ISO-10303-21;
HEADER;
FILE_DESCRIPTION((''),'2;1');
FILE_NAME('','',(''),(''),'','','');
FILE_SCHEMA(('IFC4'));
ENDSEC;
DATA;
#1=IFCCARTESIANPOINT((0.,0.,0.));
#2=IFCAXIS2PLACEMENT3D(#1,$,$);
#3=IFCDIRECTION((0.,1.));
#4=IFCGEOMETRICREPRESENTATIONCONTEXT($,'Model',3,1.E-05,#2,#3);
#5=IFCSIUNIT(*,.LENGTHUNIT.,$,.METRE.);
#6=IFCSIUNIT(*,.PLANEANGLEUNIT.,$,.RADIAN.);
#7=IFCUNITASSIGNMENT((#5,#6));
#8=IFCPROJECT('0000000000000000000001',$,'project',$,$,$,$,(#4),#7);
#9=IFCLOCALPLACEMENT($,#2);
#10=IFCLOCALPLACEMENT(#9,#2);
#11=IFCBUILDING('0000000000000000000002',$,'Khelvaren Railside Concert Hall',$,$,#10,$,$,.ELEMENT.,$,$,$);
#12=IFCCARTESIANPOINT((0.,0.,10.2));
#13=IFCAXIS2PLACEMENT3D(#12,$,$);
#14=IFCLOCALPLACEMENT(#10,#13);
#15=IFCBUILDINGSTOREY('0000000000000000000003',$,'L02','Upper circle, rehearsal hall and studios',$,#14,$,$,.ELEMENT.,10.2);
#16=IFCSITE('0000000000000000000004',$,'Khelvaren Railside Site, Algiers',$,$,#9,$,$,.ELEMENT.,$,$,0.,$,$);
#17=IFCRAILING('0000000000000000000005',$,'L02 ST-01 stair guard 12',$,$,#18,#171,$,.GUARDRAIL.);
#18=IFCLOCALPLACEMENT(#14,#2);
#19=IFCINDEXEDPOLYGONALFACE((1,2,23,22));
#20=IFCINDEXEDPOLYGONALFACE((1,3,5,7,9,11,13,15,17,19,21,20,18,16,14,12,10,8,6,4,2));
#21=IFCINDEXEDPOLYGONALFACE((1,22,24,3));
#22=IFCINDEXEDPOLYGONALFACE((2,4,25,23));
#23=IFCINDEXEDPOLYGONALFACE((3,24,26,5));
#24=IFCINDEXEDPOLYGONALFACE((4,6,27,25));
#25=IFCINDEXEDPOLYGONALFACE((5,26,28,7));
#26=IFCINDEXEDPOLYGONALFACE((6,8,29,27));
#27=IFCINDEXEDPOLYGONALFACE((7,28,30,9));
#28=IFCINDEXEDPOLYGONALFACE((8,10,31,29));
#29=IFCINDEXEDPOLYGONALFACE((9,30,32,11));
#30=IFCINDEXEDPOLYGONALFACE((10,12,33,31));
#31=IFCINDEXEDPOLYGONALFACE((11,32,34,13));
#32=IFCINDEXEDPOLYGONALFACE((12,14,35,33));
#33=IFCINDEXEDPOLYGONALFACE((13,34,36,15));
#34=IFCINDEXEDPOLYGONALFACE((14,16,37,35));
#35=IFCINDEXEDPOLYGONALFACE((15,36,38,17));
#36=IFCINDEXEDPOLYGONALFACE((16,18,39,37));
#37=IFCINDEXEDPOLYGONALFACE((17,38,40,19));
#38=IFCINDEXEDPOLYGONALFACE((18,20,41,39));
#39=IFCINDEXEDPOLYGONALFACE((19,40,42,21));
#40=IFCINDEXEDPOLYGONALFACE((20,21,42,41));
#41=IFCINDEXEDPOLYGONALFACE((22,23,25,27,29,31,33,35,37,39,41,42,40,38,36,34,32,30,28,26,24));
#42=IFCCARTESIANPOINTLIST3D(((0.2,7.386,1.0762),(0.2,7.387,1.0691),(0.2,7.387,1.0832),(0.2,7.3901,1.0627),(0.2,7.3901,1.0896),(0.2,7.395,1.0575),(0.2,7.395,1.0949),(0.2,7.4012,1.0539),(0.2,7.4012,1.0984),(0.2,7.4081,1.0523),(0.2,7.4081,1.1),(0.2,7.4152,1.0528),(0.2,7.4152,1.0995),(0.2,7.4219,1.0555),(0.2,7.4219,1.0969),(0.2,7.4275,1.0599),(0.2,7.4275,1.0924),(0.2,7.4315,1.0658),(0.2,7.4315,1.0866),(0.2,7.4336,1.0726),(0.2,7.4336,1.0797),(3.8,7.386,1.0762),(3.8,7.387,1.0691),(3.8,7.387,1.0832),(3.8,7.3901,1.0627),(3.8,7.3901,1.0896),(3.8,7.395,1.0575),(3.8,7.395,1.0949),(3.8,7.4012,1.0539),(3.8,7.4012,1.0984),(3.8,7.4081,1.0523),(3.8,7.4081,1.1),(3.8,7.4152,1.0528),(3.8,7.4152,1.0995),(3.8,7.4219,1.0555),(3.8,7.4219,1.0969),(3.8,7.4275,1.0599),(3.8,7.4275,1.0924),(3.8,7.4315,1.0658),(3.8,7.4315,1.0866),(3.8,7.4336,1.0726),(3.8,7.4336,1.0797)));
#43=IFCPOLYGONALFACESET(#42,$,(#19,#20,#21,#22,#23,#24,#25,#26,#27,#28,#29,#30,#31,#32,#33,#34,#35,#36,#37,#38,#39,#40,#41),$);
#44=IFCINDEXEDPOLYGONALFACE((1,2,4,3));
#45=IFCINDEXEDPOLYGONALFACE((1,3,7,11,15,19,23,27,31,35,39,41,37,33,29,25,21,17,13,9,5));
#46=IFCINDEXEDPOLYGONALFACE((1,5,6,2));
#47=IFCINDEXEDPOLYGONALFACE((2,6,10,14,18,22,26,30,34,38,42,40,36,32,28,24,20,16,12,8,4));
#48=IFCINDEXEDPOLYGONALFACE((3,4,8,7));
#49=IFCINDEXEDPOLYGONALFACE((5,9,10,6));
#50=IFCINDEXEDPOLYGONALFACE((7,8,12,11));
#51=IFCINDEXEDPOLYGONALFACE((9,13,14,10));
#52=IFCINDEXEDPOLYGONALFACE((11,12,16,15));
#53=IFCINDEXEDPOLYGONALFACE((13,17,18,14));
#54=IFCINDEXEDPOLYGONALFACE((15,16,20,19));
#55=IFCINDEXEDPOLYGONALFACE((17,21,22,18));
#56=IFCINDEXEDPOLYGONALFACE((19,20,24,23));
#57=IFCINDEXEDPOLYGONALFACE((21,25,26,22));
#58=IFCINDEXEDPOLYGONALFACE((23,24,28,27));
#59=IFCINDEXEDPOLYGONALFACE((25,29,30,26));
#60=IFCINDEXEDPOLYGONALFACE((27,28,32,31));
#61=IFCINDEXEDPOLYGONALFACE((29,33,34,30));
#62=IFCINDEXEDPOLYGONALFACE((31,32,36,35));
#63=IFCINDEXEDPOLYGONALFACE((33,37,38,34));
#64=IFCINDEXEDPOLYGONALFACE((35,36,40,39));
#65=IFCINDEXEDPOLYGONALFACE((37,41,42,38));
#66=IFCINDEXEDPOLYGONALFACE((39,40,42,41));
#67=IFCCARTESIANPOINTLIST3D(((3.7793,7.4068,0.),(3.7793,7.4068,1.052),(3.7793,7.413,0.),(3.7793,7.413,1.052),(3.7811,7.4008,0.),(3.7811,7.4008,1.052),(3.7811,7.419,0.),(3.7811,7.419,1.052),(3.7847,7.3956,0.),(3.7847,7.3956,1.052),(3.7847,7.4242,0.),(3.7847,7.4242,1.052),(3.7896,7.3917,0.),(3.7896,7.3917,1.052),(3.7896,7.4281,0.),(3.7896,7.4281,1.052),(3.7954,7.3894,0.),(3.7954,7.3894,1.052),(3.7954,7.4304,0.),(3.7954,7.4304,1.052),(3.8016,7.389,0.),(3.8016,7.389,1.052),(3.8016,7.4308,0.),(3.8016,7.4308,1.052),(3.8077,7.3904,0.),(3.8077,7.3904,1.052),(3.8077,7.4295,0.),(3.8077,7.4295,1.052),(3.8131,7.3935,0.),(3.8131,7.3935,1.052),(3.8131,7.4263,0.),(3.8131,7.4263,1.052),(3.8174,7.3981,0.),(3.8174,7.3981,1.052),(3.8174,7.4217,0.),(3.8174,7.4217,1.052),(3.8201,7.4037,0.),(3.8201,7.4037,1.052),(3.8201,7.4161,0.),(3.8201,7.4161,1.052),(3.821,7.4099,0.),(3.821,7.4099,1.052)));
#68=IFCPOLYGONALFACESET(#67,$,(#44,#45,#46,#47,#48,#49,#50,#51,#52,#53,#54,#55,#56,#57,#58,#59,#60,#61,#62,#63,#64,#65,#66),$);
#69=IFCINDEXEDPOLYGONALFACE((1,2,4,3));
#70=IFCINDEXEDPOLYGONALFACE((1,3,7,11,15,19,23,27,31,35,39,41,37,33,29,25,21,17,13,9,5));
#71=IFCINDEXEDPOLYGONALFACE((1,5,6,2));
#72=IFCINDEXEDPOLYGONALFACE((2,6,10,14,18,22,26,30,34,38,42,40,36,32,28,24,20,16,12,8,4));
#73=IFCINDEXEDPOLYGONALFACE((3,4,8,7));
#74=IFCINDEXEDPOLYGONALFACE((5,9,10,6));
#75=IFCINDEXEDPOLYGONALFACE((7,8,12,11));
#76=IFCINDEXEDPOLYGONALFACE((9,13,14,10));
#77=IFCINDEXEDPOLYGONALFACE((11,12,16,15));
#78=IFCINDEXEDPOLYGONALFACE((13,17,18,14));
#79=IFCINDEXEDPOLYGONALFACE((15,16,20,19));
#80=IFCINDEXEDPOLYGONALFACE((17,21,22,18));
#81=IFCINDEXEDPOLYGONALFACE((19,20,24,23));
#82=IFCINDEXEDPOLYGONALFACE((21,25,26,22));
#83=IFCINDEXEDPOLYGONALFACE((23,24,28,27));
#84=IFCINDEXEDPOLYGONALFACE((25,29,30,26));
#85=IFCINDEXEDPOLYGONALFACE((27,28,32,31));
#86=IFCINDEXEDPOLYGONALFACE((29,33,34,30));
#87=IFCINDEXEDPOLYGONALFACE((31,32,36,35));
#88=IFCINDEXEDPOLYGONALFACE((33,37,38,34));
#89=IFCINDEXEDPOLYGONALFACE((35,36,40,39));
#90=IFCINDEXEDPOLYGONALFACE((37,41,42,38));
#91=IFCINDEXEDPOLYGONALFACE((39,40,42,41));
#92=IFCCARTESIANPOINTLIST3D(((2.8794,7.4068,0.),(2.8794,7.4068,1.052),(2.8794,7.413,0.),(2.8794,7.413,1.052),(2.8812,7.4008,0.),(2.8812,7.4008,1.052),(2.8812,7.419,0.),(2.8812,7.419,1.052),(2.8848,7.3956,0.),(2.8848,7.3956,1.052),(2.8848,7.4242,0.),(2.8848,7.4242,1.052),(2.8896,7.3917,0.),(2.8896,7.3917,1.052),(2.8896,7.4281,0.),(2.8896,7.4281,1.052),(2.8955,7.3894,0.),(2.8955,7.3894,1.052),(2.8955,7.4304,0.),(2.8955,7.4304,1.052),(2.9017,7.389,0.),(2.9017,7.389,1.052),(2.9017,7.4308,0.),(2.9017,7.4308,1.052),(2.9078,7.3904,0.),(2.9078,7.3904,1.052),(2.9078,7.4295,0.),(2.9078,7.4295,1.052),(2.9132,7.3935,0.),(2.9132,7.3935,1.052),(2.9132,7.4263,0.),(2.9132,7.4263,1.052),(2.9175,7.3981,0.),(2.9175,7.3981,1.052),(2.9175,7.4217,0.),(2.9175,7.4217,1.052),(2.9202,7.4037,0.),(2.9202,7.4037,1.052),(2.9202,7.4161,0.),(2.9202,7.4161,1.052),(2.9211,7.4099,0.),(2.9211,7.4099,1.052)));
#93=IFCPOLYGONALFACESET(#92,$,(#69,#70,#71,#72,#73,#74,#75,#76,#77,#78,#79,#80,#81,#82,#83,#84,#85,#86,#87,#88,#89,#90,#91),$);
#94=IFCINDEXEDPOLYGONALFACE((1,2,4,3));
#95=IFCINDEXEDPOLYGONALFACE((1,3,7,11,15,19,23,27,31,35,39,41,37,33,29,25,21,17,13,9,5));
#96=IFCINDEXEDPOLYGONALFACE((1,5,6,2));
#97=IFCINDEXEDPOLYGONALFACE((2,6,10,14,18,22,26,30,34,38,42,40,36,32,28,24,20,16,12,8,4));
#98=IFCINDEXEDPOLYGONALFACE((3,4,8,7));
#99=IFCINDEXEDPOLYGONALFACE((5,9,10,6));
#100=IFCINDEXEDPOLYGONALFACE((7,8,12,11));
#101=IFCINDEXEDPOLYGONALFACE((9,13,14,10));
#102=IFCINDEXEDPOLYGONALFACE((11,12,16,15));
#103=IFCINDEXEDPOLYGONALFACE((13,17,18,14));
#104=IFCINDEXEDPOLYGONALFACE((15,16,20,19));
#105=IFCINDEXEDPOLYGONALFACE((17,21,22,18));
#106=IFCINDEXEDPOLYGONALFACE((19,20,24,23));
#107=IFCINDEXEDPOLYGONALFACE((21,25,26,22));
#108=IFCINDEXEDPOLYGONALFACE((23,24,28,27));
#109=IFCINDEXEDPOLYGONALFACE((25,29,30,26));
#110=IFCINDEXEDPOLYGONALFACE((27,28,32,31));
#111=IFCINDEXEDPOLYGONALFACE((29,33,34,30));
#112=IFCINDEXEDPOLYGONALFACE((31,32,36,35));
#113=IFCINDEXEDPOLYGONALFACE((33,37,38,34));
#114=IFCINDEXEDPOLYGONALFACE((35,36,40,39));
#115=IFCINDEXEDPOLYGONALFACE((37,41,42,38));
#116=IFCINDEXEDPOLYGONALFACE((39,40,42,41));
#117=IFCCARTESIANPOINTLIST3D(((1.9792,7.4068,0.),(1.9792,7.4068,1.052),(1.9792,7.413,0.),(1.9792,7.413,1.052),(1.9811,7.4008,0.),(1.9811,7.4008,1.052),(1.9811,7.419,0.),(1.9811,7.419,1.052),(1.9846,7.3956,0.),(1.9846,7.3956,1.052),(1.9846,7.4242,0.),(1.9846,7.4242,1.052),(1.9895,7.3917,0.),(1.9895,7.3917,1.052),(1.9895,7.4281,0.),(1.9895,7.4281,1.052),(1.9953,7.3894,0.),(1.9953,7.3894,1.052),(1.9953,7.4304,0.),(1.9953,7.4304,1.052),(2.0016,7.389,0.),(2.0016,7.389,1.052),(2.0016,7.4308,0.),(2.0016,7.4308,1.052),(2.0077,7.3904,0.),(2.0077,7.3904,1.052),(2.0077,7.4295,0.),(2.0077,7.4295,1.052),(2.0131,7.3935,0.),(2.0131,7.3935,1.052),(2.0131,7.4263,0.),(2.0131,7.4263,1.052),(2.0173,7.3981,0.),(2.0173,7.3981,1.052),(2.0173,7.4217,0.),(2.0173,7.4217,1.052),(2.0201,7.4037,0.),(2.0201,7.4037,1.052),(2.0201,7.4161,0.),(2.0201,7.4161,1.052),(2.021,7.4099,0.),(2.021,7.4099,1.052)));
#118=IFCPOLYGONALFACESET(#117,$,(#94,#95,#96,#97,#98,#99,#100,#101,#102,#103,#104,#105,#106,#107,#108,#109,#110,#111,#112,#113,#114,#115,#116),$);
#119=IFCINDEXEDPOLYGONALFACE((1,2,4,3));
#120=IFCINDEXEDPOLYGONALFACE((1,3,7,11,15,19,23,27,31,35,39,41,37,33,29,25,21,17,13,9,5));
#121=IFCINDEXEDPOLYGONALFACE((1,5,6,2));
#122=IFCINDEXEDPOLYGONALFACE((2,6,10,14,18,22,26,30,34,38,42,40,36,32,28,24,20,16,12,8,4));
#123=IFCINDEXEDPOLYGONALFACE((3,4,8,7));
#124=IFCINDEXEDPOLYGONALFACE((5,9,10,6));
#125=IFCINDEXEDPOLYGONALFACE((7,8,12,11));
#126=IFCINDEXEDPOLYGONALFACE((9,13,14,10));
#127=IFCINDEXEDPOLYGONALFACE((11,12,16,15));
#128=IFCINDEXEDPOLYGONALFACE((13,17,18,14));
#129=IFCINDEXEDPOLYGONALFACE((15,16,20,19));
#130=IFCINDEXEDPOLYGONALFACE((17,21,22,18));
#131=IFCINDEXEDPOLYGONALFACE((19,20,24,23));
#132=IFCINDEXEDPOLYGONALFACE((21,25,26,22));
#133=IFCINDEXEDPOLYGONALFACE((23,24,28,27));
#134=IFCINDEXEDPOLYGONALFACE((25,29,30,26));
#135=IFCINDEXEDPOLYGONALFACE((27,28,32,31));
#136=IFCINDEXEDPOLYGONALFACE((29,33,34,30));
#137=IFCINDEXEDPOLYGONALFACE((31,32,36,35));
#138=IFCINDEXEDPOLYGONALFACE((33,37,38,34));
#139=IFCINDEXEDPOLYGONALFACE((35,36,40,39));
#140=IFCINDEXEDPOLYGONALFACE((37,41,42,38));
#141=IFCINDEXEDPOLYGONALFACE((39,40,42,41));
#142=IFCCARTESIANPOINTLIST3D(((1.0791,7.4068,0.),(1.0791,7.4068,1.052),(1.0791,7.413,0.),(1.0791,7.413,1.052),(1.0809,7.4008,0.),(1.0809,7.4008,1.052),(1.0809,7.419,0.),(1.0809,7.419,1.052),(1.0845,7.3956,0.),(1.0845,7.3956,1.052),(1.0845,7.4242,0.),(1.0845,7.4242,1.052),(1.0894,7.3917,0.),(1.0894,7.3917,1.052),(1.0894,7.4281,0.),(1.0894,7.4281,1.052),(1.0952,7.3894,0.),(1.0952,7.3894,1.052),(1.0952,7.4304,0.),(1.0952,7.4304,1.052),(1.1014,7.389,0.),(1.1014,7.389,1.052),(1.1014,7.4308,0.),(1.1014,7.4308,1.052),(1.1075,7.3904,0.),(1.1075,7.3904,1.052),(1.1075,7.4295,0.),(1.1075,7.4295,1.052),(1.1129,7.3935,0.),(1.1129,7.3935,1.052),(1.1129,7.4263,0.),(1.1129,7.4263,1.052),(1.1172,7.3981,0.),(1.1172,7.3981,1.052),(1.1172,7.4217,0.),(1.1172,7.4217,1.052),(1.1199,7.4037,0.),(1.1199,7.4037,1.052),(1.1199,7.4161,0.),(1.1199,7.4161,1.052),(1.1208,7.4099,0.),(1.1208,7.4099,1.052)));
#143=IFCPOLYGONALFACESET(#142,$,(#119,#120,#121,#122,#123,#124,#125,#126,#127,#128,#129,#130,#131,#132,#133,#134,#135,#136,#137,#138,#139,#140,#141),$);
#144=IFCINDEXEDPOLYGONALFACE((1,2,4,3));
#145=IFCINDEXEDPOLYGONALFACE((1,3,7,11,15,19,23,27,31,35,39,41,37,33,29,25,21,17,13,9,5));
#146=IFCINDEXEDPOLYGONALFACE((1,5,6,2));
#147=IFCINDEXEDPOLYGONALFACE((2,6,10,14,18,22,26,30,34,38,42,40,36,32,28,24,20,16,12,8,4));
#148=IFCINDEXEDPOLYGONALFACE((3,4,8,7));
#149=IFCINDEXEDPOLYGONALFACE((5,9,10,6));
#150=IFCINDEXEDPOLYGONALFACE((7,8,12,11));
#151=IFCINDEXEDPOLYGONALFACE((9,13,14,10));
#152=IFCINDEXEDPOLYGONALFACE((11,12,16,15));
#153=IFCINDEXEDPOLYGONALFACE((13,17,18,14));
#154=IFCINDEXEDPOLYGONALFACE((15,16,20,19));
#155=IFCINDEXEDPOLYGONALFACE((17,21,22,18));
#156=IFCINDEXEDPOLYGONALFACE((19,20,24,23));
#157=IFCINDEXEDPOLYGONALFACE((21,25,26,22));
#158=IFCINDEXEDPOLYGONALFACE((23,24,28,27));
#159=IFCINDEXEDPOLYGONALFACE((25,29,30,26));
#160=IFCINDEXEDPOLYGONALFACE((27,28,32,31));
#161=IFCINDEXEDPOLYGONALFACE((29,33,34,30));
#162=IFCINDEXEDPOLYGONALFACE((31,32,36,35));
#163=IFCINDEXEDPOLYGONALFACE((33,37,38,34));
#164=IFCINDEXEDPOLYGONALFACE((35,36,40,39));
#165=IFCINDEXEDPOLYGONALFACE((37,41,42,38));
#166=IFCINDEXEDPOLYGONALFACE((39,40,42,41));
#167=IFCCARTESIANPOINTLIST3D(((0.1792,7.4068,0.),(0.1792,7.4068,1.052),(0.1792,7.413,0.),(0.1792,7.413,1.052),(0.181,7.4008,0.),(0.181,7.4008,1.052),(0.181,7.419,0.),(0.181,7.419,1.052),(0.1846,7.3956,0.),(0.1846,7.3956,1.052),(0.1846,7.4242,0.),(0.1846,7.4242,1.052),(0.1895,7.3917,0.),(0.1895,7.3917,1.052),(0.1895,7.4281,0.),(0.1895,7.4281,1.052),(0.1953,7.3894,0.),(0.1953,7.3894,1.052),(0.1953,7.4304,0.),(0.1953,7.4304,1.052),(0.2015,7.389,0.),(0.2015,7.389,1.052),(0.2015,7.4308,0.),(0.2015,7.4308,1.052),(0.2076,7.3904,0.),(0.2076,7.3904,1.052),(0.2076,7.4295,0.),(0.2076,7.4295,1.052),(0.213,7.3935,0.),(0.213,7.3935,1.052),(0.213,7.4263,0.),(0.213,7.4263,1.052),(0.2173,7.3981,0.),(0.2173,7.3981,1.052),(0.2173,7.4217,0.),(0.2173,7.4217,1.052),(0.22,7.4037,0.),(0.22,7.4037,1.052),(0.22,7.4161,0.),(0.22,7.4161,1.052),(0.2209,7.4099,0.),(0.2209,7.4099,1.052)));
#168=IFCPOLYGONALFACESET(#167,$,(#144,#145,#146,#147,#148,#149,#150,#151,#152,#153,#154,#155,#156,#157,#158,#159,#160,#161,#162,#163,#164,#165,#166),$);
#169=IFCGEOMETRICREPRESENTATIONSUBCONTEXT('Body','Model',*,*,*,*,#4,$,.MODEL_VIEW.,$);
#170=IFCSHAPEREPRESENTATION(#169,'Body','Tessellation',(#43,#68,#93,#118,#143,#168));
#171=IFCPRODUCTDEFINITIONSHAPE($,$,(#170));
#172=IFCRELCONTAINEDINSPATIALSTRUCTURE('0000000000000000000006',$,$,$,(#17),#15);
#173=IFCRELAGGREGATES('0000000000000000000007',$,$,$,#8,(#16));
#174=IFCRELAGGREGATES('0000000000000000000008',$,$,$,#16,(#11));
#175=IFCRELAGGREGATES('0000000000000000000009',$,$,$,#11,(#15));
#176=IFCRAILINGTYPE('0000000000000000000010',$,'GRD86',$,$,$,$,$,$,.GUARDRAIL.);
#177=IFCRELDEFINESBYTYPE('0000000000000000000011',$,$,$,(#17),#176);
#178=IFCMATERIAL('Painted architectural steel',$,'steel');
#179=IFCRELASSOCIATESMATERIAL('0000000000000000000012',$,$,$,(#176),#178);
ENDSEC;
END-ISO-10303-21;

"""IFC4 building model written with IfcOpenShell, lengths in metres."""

from ifc_helpers import new_model, si_unit, direction, frame, origin, origin_2d, place, context, subcontext, project, spatial, circle, extrude, material, type_object, element, save


model = new_model("IFC4")

# Units and contexts
model_context = context("Model", 3, precision=1e-05, world=origin(), true_north=direction((0.0, 1.0)))
body_context = subcontext(model_context, "Body", "Model", "MODEL_VIEW")
ifc_project = project(units=[si_unit("LENGTHUNIT", "METRE"), si_unit("PLANEANGLEUNIT", "RADIAN")], contexts=[model_context])

# Site, building, storey
site_placement = place(None, origin())
site = spatial("IfcSite", under=ifc_project, at=site_placement, Name="Khelvaren Railside Site, Algiers", CompositionType="ELEMENT", RefElevation=0.0)
building_placement = place(site_placement, origin())
building = spatial("IfcBuilding", under=site, at=building_placement, Name="Khelvaren Railside Concert Hall", CompositionType="ELEMENT")
storey_placement = place(building_placement, frame((0.0, 0.0, 10.2)))
storey = spatial("IfcBuildingStorey", under=building, at=storey_placement, Name="L02", Description="Upper circle, rehearsal hall and studios", CompositionType="ELEMENT", Elevation=10.2)

# Railing
ifc_material_1 = material(Name="Painted architectural steel", Category="steel")
railing_type_1 = type_object("IfcRailingType", Name="GRD86", PredefinedType="GUARDRAIL", material=ifc_material_1)
railing_1_placement = place(storey_placement, frame((3.8, 7.4099, 0.0)))
element("IfcRailing", 1, at=railing_1_placement, inside=storey, type_object=railing_type_1, Name="L02 ST-01 stair guard 12", PredefinedType="GUARDRAIL", context=body_context, shape_type="SweptSolid", body=[
    extrude(circle(Radius=0.0239, at=origin_2d()), frame((0.0, 0.0, 1.0762), z_axis=(-1.0, 0.0, 0.0), x_axis=(0.0, -1.0, 0.0)), (0.0, 0.0, 1.0), 3.6001),
    extrude(circle(Radius=0.021, at=origin_2d()), origin(), (0.0, 0.0, 1.0), 1.052),
    extrude(circle(Radius=0.021, at=origin_2d()), frame((-0.8999, 0.0, 0.0)), (0.0, 0.0, 1.0), 1.052),
    extrude(circle(Radius=0.021, at=origin_2d()), frame((-1.8, 0.0, 0.0)), (0.0, 0.0, 1.0), 1.052),
    extrude(circle(Radius=0.021, at=origin_2d()), frame((-2.7002, 0.0, 0.0)), (0.0, 0.0, 1.0), 1.052),
    extrude(circle(Radius=0.021, at=origin_2d()), frame((-3.6001, 0.0, 0.0)), (0.0, 0.0, 1.0), 1.052),
])

save(model, "model.ifc")
